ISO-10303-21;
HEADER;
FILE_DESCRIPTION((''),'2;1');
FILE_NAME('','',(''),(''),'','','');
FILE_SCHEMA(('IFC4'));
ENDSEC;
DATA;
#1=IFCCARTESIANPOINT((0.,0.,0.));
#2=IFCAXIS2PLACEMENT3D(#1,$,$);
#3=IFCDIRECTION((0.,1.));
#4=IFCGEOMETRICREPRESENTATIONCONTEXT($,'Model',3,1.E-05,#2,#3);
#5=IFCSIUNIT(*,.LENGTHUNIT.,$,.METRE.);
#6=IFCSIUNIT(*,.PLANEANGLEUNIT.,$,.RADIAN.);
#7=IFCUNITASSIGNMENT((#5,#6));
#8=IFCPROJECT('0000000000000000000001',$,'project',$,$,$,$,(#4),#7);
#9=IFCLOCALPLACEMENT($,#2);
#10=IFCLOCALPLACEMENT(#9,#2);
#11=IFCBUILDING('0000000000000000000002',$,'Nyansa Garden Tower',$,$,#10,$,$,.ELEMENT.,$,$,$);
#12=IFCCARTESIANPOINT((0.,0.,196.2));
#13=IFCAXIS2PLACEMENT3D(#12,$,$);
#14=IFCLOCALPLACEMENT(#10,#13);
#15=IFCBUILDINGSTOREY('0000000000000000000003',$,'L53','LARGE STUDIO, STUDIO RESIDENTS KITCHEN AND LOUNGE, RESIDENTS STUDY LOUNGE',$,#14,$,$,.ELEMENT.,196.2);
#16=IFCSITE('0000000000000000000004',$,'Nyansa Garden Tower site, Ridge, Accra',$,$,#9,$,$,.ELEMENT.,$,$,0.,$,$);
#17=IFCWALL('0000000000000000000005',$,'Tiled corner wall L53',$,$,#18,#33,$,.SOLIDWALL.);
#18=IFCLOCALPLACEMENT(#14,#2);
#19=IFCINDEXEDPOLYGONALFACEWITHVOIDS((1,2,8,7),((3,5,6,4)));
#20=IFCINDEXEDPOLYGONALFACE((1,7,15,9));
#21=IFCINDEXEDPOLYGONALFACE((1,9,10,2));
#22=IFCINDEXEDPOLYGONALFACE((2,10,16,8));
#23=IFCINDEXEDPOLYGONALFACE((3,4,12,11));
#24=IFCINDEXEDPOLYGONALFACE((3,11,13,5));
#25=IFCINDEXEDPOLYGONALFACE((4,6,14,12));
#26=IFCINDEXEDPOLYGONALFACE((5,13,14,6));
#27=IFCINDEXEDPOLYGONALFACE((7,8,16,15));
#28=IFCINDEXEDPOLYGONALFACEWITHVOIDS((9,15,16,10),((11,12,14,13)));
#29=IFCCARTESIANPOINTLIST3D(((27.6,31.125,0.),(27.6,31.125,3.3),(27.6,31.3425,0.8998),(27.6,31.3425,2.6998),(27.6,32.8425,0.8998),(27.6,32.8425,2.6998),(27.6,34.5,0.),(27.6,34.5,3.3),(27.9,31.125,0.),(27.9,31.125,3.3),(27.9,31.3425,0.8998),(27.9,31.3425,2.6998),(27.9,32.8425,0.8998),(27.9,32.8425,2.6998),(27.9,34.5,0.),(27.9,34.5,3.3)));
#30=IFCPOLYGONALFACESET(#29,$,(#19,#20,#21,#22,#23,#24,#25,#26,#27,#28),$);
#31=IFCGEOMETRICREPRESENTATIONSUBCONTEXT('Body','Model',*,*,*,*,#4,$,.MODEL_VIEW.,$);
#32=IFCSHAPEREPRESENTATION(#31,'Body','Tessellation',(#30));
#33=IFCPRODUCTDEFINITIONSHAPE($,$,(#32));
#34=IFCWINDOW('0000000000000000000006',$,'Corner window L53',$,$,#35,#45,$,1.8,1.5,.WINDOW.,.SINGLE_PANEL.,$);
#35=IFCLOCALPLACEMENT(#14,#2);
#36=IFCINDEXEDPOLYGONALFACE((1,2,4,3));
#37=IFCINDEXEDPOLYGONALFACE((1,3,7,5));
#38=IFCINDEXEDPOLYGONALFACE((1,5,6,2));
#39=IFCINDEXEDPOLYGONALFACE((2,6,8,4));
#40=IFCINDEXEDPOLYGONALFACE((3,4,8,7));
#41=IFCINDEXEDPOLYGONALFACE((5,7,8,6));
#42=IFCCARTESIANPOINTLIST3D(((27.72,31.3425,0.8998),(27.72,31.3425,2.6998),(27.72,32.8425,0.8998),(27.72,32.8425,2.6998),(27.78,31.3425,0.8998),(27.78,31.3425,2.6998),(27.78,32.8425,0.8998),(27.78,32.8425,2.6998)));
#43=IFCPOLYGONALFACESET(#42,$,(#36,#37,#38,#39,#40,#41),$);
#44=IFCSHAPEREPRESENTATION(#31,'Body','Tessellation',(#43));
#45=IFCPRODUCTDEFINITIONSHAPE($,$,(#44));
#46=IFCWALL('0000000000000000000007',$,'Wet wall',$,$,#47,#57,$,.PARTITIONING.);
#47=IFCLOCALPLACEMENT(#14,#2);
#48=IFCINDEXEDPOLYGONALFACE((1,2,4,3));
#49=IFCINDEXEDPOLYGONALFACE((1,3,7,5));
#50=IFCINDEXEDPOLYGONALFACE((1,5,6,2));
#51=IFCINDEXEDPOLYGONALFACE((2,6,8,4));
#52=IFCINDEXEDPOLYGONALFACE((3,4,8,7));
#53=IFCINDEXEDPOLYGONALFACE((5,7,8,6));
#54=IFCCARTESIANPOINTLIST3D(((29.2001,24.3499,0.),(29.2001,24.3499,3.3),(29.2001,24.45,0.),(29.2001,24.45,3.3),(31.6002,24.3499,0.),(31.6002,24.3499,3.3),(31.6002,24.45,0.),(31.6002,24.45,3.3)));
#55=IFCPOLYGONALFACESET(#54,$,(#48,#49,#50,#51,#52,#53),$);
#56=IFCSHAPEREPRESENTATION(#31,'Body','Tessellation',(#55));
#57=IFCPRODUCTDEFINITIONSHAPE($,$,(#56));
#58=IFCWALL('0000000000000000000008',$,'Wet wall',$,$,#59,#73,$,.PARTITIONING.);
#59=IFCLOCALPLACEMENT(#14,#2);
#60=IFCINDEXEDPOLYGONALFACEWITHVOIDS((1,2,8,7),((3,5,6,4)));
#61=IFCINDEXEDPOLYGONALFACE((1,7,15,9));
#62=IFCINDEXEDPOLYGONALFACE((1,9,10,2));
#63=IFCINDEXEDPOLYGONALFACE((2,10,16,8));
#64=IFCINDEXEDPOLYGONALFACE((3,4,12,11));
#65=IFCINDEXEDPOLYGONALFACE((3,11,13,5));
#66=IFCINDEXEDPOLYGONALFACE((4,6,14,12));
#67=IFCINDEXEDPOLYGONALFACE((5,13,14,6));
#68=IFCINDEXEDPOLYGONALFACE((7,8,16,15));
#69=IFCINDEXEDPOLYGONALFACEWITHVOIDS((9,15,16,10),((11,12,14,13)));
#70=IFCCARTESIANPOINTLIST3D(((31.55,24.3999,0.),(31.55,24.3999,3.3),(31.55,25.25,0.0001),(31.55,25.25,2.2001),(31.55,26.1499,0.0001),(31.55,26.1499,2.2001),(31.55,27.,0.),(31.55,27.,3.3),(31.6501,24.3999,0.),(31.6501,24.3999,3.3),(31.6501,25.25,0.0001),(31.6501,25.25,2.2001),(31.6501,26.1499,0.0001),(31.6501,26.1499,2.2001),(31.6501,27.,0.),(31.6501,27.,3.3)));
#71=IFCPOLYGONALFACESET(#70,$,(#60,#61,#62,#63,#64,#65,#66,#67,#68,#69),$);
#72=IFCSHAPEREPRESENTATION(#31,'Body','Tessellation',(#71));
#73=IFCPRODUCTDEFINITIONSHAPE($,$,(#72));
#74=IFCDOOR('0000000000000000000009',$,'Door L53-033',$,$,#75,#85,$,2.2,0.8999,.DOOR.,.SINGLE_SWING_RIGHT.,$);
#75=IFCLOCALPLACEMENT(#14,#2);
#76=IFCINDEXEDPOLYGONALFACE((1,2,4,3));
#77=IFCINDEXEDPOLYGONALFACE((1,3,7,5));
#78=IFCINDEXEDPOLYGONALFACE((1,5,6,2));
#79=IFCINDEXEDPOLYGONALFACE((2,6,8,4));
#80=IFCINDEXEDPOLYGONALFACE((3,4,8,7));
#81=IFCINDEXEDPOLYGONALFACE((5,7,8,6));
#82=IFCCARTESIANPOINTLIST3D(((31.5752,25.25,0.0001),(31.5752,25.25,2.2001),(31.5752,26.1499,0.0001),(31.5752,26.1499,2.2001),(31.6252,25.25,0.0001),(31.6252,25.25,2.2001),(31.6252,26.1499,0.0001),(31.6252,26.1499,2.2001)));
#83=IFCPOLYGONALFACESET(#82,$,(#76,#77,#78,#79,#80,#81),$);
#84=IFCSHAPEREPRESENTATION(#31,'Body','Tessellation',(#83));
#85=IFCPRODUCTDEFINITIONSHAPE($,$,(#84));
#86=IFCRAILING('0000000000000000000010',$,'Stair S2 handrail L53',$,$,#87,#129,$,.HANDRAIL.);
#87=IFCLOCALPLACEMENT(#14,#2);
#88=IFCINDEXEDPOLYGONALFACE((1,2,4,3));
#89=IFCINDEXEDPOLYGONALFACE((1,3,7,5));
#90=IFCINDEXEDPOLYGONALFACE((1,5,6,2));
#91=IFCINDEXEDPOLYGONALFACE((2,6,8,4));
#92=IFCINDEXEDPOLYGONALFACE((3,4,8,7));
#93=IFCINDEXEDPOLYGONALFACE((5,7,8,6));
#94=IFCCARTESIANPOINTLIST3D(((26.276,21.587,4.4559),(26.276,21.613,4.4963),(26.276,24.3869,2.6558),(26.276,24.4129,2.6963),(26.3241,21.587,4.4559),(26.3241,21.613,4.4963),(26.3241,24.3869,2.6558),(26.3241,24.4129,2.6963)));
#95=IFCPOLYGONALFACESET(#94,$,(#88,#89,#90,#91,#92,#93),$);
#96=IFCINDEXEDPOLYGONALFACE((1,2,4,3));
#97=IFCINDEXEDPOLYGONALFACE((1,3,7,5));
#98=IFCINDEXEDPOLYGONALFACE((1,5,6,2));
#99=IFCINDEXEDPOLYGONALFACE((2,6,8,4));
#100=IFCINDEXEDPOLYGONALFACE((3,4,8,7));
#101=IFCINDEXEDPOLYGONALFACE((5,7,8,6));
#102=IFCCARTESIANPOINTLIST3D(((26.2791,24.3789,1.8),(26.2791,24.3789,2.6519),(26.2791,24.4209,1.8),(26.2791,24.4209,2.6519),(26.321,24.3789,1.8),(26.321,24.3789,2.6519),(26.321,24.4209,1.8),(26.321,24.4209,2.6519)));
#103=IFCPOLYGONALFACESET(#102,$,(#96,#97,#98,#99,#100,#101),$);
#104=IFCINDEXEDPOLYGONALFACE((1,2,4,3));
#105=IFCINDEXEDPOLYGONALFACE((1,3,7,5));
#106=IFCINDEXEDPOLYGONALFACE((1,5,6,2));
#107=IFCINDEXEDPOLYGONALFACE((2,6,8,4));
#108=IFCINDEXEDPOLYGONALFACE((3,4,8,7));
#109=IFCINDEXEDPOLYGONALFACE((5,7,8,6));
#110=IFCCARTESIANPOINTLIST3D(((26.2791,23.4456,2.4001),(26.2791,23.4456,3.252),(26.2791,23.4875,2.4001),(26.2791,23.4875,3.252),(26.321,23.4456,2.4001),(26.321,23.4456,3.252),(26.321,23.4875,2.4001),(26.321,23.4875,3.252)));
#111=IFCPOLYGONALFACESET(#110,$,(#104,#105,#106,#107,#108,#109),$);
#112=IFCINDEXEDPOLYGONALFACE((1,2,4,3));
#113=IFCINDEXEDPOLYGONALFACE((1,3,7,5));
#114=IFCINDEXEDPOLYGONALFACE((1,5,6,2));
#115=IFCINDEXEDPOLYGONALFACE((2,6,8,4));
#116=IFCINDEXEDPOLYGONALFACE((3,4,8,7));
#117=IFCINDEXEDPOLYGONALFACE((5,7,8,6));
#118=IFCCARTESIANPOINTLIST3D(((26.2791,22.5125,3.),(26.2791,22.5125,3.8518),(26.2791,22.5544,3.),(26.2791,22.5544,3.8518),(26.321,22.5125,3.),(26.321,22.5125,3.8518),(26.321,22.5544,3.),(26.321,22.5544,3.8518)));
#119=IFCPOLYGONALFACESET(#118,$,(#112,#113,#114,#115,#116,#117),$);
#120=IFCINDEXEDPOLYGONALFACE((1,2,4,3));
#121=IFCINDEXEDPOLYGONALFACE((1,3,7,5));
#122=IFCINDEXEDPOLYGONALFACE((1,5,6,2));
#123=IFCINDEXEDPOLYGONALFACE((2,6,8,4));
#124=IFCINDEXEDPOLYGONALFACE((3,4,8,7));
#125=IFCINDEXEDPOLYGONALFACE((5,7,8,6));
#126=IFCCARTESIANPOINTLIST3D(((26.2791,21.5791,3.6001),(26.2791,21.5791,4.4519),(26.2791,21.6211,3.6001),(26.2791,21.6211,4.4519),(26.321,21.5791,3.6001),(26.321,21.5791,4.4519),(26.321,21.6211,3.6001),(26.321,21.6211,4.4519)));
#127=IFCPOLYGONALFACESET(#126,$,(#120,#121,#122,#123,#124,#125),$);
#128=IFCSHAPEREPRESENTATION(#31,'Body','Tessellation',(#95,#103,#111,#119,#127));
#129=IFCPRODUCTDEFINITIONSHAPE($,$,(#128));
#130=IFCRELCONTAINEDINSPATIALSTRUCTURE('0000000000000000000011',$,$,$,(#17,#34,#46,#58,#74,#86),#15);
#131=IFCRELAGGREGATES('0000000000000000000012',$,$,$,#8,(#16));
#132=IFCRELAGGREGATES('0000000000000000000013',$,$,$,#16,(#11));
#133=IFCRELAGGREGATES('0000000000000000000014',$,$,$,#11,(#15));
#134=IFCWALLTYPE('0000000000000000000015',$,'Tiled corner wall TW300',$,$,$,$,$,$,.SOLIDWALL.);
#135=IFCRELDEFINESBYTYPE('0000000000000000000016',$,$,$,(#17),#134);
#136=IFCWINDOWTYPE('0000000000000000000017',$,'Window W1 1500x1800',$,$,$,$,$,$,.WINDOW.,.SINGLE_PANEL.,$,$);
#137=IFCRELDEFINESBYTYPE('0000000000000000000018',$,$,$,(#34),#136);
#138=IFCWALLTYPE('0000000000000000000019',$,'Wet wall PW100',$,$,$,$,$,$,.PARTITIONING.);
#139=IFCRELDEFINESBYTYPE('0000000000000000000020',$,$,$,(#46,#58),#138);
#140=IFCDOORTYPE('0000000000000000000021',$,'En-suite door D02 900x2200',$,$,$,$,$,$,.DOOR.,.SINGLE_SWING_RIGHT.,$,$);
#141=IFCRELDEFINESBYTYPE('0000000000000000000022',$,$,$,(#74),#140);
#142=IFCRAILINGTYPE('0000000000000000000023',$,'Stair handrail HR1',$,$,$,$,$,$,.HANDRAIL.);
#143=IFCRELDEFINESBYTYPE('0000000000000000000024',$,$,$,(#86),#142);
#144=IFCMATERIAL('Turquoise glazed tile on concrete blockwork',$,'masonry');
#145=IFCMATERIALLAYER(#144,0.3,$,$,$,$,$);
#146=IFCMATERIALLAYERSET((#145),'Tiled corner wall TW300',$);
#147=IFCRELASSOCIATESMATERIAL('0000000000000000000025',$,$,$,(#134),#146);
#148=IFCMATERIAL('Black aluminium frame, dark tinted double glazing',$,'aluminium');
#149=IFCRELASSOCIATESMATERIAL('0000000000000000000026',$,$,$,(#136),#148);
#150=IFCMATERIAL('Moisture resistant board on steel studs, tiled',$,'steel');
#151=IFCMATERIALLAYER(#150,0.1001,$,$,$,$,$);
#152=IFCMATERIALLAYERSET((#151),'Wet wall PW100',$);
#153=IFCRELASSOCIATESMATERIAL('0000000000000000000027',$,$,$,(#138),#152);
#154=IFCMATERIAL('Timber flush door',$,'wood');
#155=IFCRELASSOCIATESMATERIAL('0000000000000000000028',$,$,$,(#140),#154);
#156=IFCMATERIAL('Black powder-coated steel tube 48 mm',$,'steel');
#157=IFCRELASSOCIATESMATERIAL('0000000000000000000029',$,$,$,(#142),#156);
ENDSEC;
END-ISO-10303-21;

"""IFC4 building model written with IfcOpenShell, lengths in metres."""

from ifc_helpers import new_model, si_unit, direction, frame, frame_2d, origin, origin_2d, place, context, subcontext, project, spatial, rectangle, extrude, material, layer, layer_set, type_object, element, fill, save


model = new_model("IFC4")

# Units and contexts
model_context = context("Model", 3, precision=1e-05, world=origin(), true_north=direction((0.0, 1.0)))
body_context = subcontext(model_context, "Body", "Model", "MODEL_VIEW")
ifc_project = project(units=[si_unit("LENGTHUNIT", "METRE"), si_unit("PLANEANGLEUNIT", "RADIAN")], contexts=[model_context])

# Site, building, storey
site_placement = place(None, origin())
site = spatial("IfcSite", under=ifc_project, at=site_placement, Name="Nyansa Garden Tower site, Ridge, Accra", CompositionType="ELEMENT", RefElevation=0.0)
building_placement = place(site_placement, origin())
building = spatial("IfcBuilding", under=site, at=building_placement, Name="Nyansa Garden Tower", CompositionType="ELEMENT")
storey_placement = place(building_placement, frame((0.0, 0.0, 196.2)))
storey = spatial("IfcBuildingStorey", under=building, at=storey_placement, Name="L53", Description="LARGE STUDIO, STUDIO RESIDENTS KITCHEN AND LOUNGE, RESIDENTS STUDY LOUNGE", CompositionType="ELEMENT", Elevation=196.2)

# Wall, opening, window
ifc_material_1 = material(Name="Turquoise glazed tile on concrete blockwork", Category="masonry")
ifc_layer_1 = layer(ifc_material_1, 0.3)
ifc_layer_set_1 = layer_set([ifc_layer_1], Name="Tiled corner wall TW300")
wall_type_1 = type_object("IfcWallType", Name="Tiled corner wall TW300", PredefinedType="SOLIDWALL", material=ifc_layer_set_1)
ifc_material_2 = material(Name="Black aluminium frame, dark tinted double glazing", Category="aluminium")
window_type_1 = type_object("IfcWindowType", Name="Window W1 1500x1800", PartitioningType="SINGLE_PANEL", PredefinedType="WINDOW", material=ifc_material_2)
wall_1_placement = place(storey_placement, frame((27.75, 31.125, 0.0), z_axis=(0.0, 0.0, 1.0), x_axis=(0.0, 1.0, 0.0)))
wall_1 = element("IfcWall", 1, at=wall_1_placement, inside=storey, type_object=wall_type_1, Name="Tiled corner wall L53", PredefinedType="SOLIDWALL", context=body_context, shape_type="SweptSolid", body=[
    extrude(rectangle(XDim=3.375, YDim=0.3, at=frame_2d((1.6875, 0.0))), origin(), (0.0, 0.0, 1.0), 3.3),
])
opening_1_placement = place(wall_1_placement, frame((0.2175, 0.0, 0.8999)))
opening_1 = element("IfcOpeningElement", 2, at=opening_1_placement, cuts=wall_1, PredefinedType="OPENING", context=body_context, shape_type="SweptSolid", body=[
    extrude(rectangle(XDim=1.5, YDim=1.8, at=frame_2d((0.75, 0.8999))), frame((0.0, 0.1599, 0.0), z_axis=(0.0, -1.0, 0.0), x_axis=(1.0, 0.0, 0.0)), (0.0, 0.0, 1.0), 0.3201),
])
window_1_placement = place(opening_1_placement, origin())
window_1 = element("IfcWindow", 3, at=window_1_placement, inside=storey, type_object=window_type_1, Name="Corner window L53", OverallHeight=1.8, OverallWidth=1.5, PartitioningType="SINGLE_PANEL", PredefinedType="WINDOW", context=body_context, shape_type="SweptSolid", body=[
    extrude(rectangle(XDim=1.5, YDim=1.8, at=frame_2d((0.75, 0.8999))), frame((0.0, 0.03, 0.0), z_axis=(0.0, -1.0, 0.0), x_axis=(1.0, 0.0, 0.0)), (0.0, 0.0, 1.0), 0.0601),
])
fill(opening_1, window_1)

# Wall
ifc_material_3 = material(Name="Moisture resistant board on steel studs, tiled", Category="steel")
ifc_layer_2 = layer(ifc_material_3, 0.1001)
ifc_layer_set_2 = layer_set([ifc_layer_2], Name="Wet wall PW100")
wall_type_2 = type_object("IfcWallType", Name="Wet wall PW100", PredefinedType="PARTITIONING", material=ifc_layer_set_2)
wall_2_placement = place(storey_placement, frame((29.2, 24.3999, 0.0), z_axis=(0.0, 0.0, 1.0), x_axis=(1.0, 0.0, 0.0)))
element("IfcWall", 4, at=wall_2_placement, inside=storey, type_object=wall_type_2, Name="Wet wall", PredefinedType="PARTITIONING", context=body_context, shape_type="SweptSolid", body=[
    extrude(rectangle(XDim=2.4001, YDim=0.1001, at=frame_2d((1.2002, 0.0))), origin(), (0.0, 0.0, 1.0), 3.3),
])

# Wall, opening, door
wall_3_placement = place(storey_placement, frame((31.6001, 24.3999, 0.0), z_axis=(0.0, 0.0, 1.0), x_axis=(0.0, 1.0, 0.0)))
wall_3 = element("IfcWall", 5, at=wall_3_placement, inside=storey, type_object=wall_type_2, Name="Wet wall", PredefinedType="PARTITIONING", context=body_context, shape_type="SweptSolid", body=[
    extrude(rectangle(XDim=2.6001, YDim=0.1001, at=frame_2d((1.3, 0.0))), origin(), (0.0, 0.0, 1.0), 3.3),
])
opening_2_placement = place(wall_3_placement, frame((0.8501, 0.0, 0.0)))
opening_2 = element("IfcOpeningElement", 6, at=opening_2_placement, cuts=wall_3, PredefinedType="OPENING", context=body_context, shape_type="SweptSolid", body=[
    extrude(rectangle(XDim=0.8999, YDim=2.2, at=frame_2d((0.45, 1.1001))), frame((0.0, 0.0601, 0.0), z_axis=(0.0, -1.0, 0.0), x_axis=(1.0, 0.0, 0.0)), (0.0, 0.0, 1.0), 0.1201),
])
ifc_material_4 = material(Name="Timber flush door", Category="wood")
door_type_1 = type_object("IfcDoorType", Name="En-suite door D02 900x2200", OperationType="SINGLE_SWING_RIGHT", PredefinedType="DOOR", material=ifc_material_4)
door_1_placement = place(opening_2_placement, origin())
door_1 = element("IfcDoor", 7, at=door_1_placement, inside=storey, type_object=door_type_1, Name="Door L53-033", OperationType="SINGLE_SWING_RIGHT", OverallHeight=2.2, OverallWidth=0.8999, PredefinedType="DOOR", context=body_context, shape_type="SweptSolid", body=[
    extrude(rectangle(XDim=0.8999, YDim=2.2, at=frame_2d((0.45, 1.1001))), frame((0.0, 0.0249, 0.0), z_axis=(0.0, -1.0, 0.0), x_axis=(1.0, 0.0, 0.0)), (0.0, 0.0, 1.0), 0.05),
])
fill(opening_2, door_1)

# Railing
ifc_material_5 = material(Name="Black powder-coated steel tube 48 mm", Category="steel")
railing_type = type_object("IfcRailingType", Name="Stair handrail HR1", PredefinedType="HANDRAIL", material=ifc_material_5)
railing_placement = place(storey_placement, frame((26.3, 24.3999, 1.8)))
element("IfcRailing", 8, at=railing_placement, inside=storey, type_object=railing_type, Name="Stair S2 handrail L53", PredefinedType="HANDRAIL", context=body_context, shape_type="SweptSolid", body=[
    extrude(rectangle(XDim=0.0481, YDim=0.0481, at=origin_2d()), frame((0.0, 0.0, 0.876), z_axis=(0.0, -0.841155, 0.540795), x_axis=(1.0, 0.0, 0.0)), (0.0, 0.0, 1.0), 3.3286),
    extrude(rectangle(XDim=0.042, YDim=0.042, at=origin_2d()), origin(), (0.0, 0.0, 1.0), 0.8518),
    extrude(rectangle(XDim=0.042, YDim=0.042, at=origin_2d()), frame((0.0, -0.9333, 0.6001)), (0.0, 0.0, 1.0), 0.8518),
    extrude(rectangle(XDim=0.042, YDim=0.042, at=origin_2d()), frame((0.0, -1.8665, 1.2)), (0.0, 0.0, 1.0), 0.8518),
    extrude(rectangle(XDim=0.042, YDim=0.042, at=origin_2d()), frame((0.0, -2.7998, 1.8)), (0.0, 0.0, 1.0), 0.8518),
])

save(model, "model.ifc")
